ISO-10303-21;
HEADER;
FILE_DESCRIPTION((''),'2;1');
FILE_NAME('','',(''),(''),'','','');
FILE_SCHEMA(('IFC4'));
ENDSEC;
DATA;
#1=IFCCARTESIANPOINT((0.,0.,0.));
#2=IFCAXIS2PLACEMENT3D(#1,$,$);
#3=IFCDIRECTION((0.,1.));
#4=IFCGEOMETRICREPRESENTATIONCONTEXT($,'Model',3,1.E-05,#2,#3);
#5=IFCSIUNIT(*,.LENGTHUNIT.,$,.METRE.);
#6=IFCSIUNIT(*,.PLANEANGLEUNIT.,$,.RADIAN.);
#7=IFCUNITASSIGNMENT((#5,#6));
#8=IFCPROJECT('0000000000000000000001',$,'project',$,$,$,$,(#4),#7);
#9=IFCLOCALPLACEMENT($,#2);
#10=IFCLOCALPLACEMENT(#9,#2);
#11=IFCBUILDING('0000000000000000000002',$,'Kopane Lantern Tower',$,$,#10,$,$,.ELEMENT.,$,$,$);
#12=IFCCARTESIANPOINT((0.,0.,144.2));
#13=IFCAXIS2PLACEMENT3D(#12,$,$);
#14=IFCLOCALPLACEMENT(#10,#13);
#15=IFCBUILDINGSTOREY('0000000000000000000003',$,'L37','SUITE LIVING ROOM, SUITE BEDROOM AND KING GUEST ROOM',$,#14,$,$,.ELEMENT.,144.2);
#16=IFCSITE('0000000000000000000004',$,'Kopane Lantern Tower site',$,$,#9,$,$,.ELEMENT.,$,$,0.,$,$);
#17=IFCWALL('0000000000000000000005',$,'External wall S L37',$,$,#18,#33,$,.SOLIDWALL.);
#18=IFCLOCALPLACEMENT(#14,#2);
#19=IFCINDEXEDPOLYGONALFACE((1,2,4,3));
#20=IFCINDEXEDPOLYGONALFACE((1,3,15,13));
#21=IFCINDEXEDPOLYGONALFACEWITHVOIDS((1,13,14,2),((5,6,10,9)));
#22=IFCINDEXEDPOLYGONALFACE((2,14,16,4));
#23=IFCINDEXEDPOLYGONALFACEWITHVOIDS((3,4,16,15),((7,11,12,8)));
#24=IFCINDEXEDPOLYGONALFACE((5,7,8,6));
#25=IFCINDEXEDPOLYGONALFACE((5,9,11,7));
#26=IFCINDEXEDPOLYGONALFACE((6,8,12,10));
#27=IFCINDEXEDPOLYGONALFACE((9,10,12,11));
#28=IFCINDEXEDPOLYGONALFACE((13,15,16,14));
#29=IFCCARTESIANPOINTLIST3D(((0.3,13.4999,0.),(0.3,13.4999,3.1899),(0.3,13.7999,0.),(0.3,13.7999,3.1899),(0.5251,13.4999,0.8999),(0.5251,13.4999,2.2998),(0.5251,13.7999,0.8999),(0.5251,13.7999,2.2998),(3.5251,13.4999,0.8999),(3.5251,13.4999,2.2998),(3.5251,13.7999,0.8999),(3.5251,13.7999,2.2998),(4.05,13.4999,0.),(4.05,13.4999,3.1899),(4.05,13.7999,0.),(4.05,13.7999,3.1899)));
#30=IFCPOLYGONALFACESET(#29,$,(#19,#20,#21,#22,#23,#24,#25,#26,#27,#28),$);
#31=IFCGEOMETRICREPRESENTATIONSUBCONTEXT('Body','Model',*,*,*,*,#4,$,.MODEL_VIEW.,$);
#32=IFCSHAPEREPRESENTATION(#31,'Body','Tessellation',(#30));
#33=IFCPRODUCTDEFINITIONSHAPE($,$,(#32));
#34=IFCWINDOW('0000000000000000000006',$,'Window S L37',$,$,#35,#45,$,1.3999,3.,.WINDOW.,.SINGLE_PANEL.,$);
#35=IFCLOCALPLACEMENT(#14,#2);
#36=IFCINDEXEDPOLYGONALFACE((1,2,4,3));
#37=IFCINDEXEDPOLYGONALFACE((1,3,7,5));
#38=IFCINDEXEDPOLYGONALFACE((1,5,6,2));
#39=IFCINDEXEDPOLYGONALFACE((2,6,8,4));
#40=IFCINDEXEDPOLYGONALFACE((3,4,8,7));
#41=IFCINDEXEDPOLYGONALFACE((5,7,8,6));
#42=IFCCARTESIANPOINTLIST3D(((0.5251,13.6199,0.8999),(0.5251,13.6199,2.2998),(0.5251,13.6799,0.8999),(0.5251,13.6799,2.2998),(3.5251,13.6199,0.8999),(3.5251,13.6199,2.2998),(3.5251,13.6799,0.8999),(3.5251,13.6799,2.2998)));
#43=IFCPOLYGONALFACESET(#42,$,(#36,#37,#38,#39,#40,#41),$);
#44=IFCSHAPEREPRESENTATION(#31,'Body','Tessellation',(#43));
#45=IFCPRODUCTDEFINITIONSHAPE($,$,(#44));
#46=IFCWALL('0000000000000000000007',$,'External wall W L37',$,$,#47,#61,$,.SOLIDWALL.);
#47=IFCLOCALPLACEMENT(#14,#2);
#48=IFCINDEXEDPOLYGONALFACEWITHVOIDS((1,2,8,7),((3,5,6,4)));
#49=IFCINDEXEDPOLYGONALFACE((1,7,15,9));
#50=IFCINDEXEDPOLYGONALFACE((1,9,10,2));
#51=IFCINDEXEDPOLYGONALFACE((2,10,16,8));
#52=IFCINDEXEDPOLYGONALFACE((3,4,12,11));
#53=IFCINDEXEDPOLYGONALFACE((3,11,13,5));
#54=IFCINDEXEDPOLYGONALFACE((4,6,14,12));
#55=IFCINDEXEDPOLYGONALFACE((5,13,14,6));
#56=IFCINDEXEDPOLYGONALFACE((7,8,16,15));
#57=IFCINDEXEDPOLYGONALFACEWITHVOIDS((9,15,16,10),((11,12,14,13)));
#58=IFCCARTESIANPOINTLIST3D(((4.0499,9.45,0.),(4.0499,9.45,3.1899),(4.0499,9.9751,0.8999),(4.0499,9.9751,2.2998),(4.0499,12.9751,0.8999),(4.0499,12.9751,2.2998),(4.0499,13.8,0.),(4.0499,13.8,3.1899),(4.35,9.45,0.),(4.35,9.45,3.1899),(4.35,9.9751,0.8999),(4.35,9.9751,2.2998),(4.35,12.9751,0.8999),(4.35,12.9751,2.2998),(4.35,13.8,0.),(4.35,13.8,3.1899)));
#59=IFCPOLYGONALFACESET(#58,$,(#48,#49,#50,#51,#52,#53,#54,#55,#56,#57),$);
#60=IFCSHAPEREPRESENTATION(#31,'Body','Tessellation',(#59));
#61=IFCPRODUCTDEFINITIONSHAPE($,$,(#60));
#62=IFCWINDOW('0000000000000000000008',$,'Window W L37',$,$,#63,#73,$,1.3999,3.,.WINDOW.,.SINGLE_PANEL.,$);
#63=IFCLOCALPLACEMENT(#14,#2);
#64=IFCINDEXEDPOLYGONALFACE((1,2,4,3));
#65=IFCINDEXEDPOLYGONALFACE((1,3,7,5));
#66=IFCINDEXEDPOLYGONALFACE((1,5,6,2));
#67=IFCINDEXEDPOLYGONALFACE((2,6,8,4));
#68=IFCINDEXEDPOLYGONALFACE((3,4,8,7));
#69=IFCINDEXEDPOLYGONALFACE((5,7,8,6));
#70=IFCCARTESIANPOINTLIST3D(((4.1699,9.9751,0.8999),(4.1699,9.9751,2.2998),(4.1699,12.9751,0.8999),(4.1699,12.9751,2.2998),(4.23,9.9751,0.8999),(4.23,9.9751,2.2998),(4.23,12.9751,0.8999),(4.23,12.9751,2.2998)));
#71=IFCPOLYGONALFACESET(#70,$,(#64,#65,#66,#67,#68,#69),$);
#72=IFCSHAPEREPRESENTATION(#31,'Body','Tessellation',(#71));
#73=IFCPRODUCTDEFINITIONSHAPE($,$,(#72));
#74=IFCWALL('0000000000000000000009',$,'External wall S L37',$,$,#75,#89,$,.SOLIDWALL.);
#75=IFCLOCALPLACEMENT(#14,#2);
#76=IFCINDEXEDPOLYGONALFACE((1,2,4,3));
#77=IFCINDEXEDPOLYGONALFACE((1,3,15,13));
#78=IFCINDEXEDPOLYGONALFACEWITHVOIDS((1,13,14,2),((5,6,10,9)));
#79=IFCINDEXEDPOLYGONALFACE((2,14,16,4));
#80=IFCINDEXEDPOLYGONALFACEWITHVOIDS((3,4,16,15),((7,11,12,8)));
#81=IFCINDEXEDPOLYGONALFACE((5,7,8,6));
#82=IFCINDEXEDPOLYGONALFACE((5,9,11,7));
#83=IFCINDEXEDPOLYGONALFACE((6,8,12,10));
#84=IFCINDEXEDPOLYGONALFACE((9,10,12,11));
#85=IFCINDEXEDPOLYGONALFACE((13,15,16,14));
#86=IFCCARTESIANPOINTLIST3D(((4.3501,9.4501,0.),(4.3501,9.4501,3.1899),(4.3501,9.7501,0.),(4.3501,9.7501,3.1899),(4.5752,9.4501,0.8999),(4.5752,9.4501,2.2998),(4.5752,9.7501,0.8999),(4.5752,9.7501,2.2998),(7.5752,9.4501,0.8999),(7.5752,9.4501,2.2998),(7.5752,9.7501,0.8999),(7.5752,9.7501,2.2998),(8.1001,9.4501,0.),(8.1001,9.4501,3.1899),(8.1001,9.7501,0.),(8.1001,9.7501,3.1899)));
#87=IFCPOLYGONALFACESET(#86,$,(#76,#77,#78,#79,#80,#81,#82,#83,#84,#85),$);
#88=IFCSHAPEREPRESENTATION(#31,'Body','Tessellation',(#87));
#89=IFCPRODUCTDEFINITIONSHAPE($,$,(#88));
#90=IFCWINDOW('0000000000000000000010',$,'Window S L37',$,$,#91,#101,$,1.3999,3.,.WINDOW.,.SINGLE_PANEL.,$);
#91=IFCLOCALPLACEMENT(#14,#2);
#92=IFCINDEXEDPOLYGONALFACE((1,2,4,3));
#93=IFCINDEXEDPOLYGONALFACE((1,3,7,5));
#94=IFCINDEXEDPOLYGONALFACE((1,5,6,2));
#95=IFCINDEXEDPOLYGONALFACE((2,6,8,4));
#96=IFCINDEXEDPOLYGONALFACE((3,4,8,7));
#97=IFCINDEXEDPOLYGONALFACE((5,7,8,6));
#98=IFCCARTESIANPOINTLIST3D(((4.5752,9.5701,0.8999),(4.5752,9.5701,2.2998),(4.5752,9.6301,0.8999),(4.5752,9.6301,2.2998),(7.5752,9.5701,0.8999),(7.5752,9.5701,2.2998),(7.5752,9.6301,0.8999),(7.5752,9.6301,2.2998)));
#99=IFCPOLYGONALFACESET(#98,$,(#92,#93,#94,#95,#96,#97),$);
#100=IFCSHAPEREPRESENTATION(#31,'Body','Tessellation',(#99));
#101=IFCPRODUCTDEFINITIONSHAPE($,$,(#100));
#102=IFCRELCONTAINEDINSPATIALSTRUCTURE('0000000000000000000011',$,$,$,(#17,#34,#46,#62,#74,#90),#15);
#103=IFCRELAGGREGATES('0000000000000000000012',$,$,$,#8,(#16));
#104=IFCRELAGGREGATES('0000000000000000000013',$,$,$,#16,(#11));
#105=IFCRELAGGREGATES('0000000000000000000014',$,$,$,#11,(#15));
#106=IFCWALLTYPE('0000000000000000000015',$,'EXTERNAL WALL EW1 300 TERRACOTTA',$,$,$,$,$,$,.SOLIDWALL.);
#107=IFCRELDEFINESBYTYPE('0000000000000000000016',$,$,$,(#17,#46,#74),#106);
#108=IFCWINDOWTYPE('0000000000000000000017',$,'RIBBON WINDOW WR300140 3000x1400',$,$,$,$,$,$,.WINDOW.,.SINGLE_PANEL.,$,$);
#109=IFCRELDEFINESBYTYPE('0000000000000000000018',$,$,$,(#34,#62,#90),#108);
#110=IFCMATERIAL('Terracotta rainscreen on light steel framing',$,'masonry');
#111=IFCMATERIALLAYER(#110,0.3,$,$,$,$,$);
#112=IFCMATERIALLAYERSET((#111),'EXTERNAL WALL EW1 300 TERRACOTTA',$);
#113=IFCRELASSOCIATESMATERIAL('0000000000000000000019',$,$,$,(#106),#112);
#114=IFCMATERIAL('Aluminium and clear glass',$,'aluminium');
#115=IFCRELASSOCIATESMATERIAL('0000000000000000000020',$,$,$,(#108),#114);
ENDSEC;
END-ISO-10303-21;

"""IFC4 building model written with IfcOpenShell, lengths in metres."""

from ifc_helpers import new_model, si_unit, direction, frame, frame_2d, origin, place, context, subcontext, project, spatial, rectangle, extrude, material, layer, layer_set, type_object, element, fill, save


model = new_model("IFC4")

# Units and contexts
model_context = context("Model", 3, precision=1e-05, world=origin(), true_north=direction((0.0, 1.0)))
body_context = subcontext(model_context, "Body", "Model", "MODEL_VIEW")
ifc_project = project(units=[si_unit("LENGTHUNIT", "METRE"), si_unit("PLANEANGLEUNIT", "RADIAN")], contexts=[model_context])

# Site, building, storey
site_placement = place(None, origin())
site = spatial("IfcSite", under=ifc_project, at=site_placement, Name="Kopane Lantern Tower site", CompositionType="ELEMENT", RefElevation=0.0)
building_placement = place(site_placement, origin())
building = spatial("IfcBuilding", under=site, at=building_placement, Name="Kopane Lantern Tower", CompositionType="ELEMENT")
storey_placement = place(building_placement, frame((0.0, 0.0, 144.2)))
storey = spatial("IfcBuildingStorey", under=building, at=storey_placement, Name="L37", Description="SUITE LIVING ROOM, SUITE BEDROOM AND KING GUEST ROOM", CompositionType="ELEMENT", Elevation=144.2)

# Walls, openings, windows
ifc_material_1 = material(Name="Terracotta rainscreen on light steel framing", Category="masonry")
ifc_layer_1 = layer(ifc_material_1, 0.3)
ifc_layer_set_1 = layer_set([ifc_layer_1], Name="EXTERNAL WALL EW1 300 TERRACOTTA")
wall_type = type_object("IfcWallType", Name="EXTERNAL WALL EW1 300 TERRACOTTA", PredefinedType="SOLIDWALL", material=ifc_layer_set_1)
wall_1_placement = place(storey_placement, frame((0.3, 13.6499, 0.0), z_axis=(0.0, 0.0, 1.0), x_axis=(1.0, 0.0, 0.0)))
wall_1 = element("IfcWall", 1, at=wall_1_placement, inside=storey, type_object=wall_type, Name="External wall S L37", PredefinedType="SOLIDWALL", context=body_context, shape_type="SweptSolid", body=[
    extrude(rectangle(XDim=3.75, YDim=0.3, at=frame_2d((1.875, 0.0))), origin(), (0.0, 0.0, 1.0), 3.1899),
])
opening_1_placement = place(wall_1_placement, frame((0.2251, 0.0, 0.8999)))
opening_1 = element("IfcOpeningElement", 2, at=opening_1_placement, cuts=wall_1, PredefinedType="OPENING", context=body_context, shape_type="SweptSolid", body=[
    extrude(rectangle(XDim=3.0, YDim=1.3999, at=frame_2d((1.5, 0.7))), frame((0.0, 0.1599, 0.0), z_axis=(0.0, -1.0, 0.0), x_axis=(1.0, 0.0, 0.0)), (0.0, 0.0, 1.0), 0.3201),
])
ifc_material_2 = material(Name="Aluminium and clear glass", Category="aluminium")
window_type = type_object("IfcWindowType", Name="RIBBON WINDOW WR300140 3000x1400", PartitioningType="SINGLE_PANEL", PredefinedType="WINDOW", material=ifc_material_2)
window_1_placement = place(opening_1_placement, origin())
window_1 = element("IfcWindow", 3, at=window_1_placement, inside=storey, type_object=window_type, Name="Window S L37", OverallHeight=1.3999, OverallWidth=3.0, PartitioningType="SINGLE_PANEL", PredefinedType="WINDOW", context=body_context, shape_type="SweptSolid", body=[
    extrude(rectangle(XDim=3.0, YDim=1.3999, at=frame_2d((1.5, 0.7))), frame((0.0, 0.03, 0.0), z_axis=(0.0, -1.0, 0.0), x_axis=(1.0, 0.0, 0.0)), (0.0, 0.0, 1.0), 0.0601),
])
fill(opening_1, window_1)
wall_2_placement = place(storey_placement, frame((4.2, 13.8, 0.0), z_axis=(0.0, 0.0, 1.0), x_axis=(0.0, -1.0, 0.0)))
wall_2 = element("IfcWall", 4, at=wall_2_placement, inside=storey, type_object=wall_type, Name="External wall W L37", PredefinedType="SOLIDWALL", context=body_context, shape_type="SweptSolid", body=[
    extrude(rectangle(XDim=4.3501, YDim=0.3, at=frame_2d((2.175, 0.0))), origin(), (0.0, 0.0, 1.0), 3.1899),
])
opening_2_placement = place(wall_2_placement, frame((0.825, 0.0, 0.8999)))
opening_2 = element("IfcOpeningElement", 5, at=opening_2_placement, cuts=wall_2, PredefinedType="OPENING", context=body_context, shape_type="SweptSolid", body=[
    extrude(rectangle(XDim=3.0, YDim=1.3999, at=frame_2d((1.5, 0.7))), frame((0.0, 0.1599, 0.0), z_axis=(0.0, -1.0, 0.0), x_axis=(1.0, 0.0, 0.0)), (0.0, 0.0, 1.0), 0.3201),
])
window_2_placement = place(opening_2_placement, origin())
window_2 = element("IfcWindow", 6, at=window_2_placement, inside=storey, type_object=window_type, Name="Window W L37", OverallHeight=1.3999, OverallWidth=3.0, PartitioningType="SINGLE_PANEL", PredefinedType="WINDOW", context=body_context, shape_type="SweptSolid", body=[
    extrude(rectangle(XDim=3.0, YDim=1.3999, at=frame_2d((1.5, 0.7))), frame((0.0, 0.03, 0.0), z_axis=(0.0, -1.0, 0.0), x_axis=(1.0, 0.0, 0.0)), (0.0, 0.0, 1.0), 0.0601),
])
fill(opening_2, window_2)
wall_3_placement = place(storey_placement, frame((4.3501, 9.6001, 0.0), z_axis=(0.0, 0.0, 1.0), x_axis=(1.0, 0.0, 0.0)))
wall_3 = element("IfcWall", 7, at=wall_3_placement, inside=storey, type_object=wall_type, Name="External wall S L37", PredefinedType="SOLIDWALL", context=body_context, shape_type="SweptSolid", body=[
    extrude(rectangle(XDim=3.75, YDim=0.3, at=frame_2d((1.875, 0.0))), origin(), (0.0, 0.0, 1.0), 3.1899),
])
opening_3_placement = place(wall_3_placement, frame((0.2251, 0.0, 0.8999)))
opening_3 = element("IfcOpeningElement", 8, at=opening_3_placement, cuts=wall_3, PredefinedType="OPENING", context=body_context, shape_type="SweptSolid", body=[
    extrude(rectangle(XDim=3.0, YDim=1.3999, at=frame_2d((1.5, 0.7))), frame((0.0, 0.1599, 0.0), z_axis=(0.0, -1.0, 0.0), x_axis=(1.0, 0.0, 0.0)), (0.0, 0.0, 1.0), 0.3201),
])
window_3_placement = place(opening_3_placement, origin())
window_3 = element("IfcWindow", 9, at=window_3_placement, inside=storey, type_object=window_type, Name="Window S L37", OverallHeight=1.3999, OverallWidth=3.0, PartitioningType="SINGLE_PANEL", PredefinedType="WINDOW", context=body_context, shape_type="SweptSolid", body=[
    extrude(rectangle(XDim=3.0, YDim=1.3999, at=frame_2d((1.5, 0.7))), frame((0.0, 0.03, 0.0), z_axis=(0.0, -1.0, 0.0), x_axis=(1.0, 0.0, 0.0)), (0.0, 0.0, 1.0), 0.0601),
])
fill(opening_3, window_3)

save(model, "model.ifc")
